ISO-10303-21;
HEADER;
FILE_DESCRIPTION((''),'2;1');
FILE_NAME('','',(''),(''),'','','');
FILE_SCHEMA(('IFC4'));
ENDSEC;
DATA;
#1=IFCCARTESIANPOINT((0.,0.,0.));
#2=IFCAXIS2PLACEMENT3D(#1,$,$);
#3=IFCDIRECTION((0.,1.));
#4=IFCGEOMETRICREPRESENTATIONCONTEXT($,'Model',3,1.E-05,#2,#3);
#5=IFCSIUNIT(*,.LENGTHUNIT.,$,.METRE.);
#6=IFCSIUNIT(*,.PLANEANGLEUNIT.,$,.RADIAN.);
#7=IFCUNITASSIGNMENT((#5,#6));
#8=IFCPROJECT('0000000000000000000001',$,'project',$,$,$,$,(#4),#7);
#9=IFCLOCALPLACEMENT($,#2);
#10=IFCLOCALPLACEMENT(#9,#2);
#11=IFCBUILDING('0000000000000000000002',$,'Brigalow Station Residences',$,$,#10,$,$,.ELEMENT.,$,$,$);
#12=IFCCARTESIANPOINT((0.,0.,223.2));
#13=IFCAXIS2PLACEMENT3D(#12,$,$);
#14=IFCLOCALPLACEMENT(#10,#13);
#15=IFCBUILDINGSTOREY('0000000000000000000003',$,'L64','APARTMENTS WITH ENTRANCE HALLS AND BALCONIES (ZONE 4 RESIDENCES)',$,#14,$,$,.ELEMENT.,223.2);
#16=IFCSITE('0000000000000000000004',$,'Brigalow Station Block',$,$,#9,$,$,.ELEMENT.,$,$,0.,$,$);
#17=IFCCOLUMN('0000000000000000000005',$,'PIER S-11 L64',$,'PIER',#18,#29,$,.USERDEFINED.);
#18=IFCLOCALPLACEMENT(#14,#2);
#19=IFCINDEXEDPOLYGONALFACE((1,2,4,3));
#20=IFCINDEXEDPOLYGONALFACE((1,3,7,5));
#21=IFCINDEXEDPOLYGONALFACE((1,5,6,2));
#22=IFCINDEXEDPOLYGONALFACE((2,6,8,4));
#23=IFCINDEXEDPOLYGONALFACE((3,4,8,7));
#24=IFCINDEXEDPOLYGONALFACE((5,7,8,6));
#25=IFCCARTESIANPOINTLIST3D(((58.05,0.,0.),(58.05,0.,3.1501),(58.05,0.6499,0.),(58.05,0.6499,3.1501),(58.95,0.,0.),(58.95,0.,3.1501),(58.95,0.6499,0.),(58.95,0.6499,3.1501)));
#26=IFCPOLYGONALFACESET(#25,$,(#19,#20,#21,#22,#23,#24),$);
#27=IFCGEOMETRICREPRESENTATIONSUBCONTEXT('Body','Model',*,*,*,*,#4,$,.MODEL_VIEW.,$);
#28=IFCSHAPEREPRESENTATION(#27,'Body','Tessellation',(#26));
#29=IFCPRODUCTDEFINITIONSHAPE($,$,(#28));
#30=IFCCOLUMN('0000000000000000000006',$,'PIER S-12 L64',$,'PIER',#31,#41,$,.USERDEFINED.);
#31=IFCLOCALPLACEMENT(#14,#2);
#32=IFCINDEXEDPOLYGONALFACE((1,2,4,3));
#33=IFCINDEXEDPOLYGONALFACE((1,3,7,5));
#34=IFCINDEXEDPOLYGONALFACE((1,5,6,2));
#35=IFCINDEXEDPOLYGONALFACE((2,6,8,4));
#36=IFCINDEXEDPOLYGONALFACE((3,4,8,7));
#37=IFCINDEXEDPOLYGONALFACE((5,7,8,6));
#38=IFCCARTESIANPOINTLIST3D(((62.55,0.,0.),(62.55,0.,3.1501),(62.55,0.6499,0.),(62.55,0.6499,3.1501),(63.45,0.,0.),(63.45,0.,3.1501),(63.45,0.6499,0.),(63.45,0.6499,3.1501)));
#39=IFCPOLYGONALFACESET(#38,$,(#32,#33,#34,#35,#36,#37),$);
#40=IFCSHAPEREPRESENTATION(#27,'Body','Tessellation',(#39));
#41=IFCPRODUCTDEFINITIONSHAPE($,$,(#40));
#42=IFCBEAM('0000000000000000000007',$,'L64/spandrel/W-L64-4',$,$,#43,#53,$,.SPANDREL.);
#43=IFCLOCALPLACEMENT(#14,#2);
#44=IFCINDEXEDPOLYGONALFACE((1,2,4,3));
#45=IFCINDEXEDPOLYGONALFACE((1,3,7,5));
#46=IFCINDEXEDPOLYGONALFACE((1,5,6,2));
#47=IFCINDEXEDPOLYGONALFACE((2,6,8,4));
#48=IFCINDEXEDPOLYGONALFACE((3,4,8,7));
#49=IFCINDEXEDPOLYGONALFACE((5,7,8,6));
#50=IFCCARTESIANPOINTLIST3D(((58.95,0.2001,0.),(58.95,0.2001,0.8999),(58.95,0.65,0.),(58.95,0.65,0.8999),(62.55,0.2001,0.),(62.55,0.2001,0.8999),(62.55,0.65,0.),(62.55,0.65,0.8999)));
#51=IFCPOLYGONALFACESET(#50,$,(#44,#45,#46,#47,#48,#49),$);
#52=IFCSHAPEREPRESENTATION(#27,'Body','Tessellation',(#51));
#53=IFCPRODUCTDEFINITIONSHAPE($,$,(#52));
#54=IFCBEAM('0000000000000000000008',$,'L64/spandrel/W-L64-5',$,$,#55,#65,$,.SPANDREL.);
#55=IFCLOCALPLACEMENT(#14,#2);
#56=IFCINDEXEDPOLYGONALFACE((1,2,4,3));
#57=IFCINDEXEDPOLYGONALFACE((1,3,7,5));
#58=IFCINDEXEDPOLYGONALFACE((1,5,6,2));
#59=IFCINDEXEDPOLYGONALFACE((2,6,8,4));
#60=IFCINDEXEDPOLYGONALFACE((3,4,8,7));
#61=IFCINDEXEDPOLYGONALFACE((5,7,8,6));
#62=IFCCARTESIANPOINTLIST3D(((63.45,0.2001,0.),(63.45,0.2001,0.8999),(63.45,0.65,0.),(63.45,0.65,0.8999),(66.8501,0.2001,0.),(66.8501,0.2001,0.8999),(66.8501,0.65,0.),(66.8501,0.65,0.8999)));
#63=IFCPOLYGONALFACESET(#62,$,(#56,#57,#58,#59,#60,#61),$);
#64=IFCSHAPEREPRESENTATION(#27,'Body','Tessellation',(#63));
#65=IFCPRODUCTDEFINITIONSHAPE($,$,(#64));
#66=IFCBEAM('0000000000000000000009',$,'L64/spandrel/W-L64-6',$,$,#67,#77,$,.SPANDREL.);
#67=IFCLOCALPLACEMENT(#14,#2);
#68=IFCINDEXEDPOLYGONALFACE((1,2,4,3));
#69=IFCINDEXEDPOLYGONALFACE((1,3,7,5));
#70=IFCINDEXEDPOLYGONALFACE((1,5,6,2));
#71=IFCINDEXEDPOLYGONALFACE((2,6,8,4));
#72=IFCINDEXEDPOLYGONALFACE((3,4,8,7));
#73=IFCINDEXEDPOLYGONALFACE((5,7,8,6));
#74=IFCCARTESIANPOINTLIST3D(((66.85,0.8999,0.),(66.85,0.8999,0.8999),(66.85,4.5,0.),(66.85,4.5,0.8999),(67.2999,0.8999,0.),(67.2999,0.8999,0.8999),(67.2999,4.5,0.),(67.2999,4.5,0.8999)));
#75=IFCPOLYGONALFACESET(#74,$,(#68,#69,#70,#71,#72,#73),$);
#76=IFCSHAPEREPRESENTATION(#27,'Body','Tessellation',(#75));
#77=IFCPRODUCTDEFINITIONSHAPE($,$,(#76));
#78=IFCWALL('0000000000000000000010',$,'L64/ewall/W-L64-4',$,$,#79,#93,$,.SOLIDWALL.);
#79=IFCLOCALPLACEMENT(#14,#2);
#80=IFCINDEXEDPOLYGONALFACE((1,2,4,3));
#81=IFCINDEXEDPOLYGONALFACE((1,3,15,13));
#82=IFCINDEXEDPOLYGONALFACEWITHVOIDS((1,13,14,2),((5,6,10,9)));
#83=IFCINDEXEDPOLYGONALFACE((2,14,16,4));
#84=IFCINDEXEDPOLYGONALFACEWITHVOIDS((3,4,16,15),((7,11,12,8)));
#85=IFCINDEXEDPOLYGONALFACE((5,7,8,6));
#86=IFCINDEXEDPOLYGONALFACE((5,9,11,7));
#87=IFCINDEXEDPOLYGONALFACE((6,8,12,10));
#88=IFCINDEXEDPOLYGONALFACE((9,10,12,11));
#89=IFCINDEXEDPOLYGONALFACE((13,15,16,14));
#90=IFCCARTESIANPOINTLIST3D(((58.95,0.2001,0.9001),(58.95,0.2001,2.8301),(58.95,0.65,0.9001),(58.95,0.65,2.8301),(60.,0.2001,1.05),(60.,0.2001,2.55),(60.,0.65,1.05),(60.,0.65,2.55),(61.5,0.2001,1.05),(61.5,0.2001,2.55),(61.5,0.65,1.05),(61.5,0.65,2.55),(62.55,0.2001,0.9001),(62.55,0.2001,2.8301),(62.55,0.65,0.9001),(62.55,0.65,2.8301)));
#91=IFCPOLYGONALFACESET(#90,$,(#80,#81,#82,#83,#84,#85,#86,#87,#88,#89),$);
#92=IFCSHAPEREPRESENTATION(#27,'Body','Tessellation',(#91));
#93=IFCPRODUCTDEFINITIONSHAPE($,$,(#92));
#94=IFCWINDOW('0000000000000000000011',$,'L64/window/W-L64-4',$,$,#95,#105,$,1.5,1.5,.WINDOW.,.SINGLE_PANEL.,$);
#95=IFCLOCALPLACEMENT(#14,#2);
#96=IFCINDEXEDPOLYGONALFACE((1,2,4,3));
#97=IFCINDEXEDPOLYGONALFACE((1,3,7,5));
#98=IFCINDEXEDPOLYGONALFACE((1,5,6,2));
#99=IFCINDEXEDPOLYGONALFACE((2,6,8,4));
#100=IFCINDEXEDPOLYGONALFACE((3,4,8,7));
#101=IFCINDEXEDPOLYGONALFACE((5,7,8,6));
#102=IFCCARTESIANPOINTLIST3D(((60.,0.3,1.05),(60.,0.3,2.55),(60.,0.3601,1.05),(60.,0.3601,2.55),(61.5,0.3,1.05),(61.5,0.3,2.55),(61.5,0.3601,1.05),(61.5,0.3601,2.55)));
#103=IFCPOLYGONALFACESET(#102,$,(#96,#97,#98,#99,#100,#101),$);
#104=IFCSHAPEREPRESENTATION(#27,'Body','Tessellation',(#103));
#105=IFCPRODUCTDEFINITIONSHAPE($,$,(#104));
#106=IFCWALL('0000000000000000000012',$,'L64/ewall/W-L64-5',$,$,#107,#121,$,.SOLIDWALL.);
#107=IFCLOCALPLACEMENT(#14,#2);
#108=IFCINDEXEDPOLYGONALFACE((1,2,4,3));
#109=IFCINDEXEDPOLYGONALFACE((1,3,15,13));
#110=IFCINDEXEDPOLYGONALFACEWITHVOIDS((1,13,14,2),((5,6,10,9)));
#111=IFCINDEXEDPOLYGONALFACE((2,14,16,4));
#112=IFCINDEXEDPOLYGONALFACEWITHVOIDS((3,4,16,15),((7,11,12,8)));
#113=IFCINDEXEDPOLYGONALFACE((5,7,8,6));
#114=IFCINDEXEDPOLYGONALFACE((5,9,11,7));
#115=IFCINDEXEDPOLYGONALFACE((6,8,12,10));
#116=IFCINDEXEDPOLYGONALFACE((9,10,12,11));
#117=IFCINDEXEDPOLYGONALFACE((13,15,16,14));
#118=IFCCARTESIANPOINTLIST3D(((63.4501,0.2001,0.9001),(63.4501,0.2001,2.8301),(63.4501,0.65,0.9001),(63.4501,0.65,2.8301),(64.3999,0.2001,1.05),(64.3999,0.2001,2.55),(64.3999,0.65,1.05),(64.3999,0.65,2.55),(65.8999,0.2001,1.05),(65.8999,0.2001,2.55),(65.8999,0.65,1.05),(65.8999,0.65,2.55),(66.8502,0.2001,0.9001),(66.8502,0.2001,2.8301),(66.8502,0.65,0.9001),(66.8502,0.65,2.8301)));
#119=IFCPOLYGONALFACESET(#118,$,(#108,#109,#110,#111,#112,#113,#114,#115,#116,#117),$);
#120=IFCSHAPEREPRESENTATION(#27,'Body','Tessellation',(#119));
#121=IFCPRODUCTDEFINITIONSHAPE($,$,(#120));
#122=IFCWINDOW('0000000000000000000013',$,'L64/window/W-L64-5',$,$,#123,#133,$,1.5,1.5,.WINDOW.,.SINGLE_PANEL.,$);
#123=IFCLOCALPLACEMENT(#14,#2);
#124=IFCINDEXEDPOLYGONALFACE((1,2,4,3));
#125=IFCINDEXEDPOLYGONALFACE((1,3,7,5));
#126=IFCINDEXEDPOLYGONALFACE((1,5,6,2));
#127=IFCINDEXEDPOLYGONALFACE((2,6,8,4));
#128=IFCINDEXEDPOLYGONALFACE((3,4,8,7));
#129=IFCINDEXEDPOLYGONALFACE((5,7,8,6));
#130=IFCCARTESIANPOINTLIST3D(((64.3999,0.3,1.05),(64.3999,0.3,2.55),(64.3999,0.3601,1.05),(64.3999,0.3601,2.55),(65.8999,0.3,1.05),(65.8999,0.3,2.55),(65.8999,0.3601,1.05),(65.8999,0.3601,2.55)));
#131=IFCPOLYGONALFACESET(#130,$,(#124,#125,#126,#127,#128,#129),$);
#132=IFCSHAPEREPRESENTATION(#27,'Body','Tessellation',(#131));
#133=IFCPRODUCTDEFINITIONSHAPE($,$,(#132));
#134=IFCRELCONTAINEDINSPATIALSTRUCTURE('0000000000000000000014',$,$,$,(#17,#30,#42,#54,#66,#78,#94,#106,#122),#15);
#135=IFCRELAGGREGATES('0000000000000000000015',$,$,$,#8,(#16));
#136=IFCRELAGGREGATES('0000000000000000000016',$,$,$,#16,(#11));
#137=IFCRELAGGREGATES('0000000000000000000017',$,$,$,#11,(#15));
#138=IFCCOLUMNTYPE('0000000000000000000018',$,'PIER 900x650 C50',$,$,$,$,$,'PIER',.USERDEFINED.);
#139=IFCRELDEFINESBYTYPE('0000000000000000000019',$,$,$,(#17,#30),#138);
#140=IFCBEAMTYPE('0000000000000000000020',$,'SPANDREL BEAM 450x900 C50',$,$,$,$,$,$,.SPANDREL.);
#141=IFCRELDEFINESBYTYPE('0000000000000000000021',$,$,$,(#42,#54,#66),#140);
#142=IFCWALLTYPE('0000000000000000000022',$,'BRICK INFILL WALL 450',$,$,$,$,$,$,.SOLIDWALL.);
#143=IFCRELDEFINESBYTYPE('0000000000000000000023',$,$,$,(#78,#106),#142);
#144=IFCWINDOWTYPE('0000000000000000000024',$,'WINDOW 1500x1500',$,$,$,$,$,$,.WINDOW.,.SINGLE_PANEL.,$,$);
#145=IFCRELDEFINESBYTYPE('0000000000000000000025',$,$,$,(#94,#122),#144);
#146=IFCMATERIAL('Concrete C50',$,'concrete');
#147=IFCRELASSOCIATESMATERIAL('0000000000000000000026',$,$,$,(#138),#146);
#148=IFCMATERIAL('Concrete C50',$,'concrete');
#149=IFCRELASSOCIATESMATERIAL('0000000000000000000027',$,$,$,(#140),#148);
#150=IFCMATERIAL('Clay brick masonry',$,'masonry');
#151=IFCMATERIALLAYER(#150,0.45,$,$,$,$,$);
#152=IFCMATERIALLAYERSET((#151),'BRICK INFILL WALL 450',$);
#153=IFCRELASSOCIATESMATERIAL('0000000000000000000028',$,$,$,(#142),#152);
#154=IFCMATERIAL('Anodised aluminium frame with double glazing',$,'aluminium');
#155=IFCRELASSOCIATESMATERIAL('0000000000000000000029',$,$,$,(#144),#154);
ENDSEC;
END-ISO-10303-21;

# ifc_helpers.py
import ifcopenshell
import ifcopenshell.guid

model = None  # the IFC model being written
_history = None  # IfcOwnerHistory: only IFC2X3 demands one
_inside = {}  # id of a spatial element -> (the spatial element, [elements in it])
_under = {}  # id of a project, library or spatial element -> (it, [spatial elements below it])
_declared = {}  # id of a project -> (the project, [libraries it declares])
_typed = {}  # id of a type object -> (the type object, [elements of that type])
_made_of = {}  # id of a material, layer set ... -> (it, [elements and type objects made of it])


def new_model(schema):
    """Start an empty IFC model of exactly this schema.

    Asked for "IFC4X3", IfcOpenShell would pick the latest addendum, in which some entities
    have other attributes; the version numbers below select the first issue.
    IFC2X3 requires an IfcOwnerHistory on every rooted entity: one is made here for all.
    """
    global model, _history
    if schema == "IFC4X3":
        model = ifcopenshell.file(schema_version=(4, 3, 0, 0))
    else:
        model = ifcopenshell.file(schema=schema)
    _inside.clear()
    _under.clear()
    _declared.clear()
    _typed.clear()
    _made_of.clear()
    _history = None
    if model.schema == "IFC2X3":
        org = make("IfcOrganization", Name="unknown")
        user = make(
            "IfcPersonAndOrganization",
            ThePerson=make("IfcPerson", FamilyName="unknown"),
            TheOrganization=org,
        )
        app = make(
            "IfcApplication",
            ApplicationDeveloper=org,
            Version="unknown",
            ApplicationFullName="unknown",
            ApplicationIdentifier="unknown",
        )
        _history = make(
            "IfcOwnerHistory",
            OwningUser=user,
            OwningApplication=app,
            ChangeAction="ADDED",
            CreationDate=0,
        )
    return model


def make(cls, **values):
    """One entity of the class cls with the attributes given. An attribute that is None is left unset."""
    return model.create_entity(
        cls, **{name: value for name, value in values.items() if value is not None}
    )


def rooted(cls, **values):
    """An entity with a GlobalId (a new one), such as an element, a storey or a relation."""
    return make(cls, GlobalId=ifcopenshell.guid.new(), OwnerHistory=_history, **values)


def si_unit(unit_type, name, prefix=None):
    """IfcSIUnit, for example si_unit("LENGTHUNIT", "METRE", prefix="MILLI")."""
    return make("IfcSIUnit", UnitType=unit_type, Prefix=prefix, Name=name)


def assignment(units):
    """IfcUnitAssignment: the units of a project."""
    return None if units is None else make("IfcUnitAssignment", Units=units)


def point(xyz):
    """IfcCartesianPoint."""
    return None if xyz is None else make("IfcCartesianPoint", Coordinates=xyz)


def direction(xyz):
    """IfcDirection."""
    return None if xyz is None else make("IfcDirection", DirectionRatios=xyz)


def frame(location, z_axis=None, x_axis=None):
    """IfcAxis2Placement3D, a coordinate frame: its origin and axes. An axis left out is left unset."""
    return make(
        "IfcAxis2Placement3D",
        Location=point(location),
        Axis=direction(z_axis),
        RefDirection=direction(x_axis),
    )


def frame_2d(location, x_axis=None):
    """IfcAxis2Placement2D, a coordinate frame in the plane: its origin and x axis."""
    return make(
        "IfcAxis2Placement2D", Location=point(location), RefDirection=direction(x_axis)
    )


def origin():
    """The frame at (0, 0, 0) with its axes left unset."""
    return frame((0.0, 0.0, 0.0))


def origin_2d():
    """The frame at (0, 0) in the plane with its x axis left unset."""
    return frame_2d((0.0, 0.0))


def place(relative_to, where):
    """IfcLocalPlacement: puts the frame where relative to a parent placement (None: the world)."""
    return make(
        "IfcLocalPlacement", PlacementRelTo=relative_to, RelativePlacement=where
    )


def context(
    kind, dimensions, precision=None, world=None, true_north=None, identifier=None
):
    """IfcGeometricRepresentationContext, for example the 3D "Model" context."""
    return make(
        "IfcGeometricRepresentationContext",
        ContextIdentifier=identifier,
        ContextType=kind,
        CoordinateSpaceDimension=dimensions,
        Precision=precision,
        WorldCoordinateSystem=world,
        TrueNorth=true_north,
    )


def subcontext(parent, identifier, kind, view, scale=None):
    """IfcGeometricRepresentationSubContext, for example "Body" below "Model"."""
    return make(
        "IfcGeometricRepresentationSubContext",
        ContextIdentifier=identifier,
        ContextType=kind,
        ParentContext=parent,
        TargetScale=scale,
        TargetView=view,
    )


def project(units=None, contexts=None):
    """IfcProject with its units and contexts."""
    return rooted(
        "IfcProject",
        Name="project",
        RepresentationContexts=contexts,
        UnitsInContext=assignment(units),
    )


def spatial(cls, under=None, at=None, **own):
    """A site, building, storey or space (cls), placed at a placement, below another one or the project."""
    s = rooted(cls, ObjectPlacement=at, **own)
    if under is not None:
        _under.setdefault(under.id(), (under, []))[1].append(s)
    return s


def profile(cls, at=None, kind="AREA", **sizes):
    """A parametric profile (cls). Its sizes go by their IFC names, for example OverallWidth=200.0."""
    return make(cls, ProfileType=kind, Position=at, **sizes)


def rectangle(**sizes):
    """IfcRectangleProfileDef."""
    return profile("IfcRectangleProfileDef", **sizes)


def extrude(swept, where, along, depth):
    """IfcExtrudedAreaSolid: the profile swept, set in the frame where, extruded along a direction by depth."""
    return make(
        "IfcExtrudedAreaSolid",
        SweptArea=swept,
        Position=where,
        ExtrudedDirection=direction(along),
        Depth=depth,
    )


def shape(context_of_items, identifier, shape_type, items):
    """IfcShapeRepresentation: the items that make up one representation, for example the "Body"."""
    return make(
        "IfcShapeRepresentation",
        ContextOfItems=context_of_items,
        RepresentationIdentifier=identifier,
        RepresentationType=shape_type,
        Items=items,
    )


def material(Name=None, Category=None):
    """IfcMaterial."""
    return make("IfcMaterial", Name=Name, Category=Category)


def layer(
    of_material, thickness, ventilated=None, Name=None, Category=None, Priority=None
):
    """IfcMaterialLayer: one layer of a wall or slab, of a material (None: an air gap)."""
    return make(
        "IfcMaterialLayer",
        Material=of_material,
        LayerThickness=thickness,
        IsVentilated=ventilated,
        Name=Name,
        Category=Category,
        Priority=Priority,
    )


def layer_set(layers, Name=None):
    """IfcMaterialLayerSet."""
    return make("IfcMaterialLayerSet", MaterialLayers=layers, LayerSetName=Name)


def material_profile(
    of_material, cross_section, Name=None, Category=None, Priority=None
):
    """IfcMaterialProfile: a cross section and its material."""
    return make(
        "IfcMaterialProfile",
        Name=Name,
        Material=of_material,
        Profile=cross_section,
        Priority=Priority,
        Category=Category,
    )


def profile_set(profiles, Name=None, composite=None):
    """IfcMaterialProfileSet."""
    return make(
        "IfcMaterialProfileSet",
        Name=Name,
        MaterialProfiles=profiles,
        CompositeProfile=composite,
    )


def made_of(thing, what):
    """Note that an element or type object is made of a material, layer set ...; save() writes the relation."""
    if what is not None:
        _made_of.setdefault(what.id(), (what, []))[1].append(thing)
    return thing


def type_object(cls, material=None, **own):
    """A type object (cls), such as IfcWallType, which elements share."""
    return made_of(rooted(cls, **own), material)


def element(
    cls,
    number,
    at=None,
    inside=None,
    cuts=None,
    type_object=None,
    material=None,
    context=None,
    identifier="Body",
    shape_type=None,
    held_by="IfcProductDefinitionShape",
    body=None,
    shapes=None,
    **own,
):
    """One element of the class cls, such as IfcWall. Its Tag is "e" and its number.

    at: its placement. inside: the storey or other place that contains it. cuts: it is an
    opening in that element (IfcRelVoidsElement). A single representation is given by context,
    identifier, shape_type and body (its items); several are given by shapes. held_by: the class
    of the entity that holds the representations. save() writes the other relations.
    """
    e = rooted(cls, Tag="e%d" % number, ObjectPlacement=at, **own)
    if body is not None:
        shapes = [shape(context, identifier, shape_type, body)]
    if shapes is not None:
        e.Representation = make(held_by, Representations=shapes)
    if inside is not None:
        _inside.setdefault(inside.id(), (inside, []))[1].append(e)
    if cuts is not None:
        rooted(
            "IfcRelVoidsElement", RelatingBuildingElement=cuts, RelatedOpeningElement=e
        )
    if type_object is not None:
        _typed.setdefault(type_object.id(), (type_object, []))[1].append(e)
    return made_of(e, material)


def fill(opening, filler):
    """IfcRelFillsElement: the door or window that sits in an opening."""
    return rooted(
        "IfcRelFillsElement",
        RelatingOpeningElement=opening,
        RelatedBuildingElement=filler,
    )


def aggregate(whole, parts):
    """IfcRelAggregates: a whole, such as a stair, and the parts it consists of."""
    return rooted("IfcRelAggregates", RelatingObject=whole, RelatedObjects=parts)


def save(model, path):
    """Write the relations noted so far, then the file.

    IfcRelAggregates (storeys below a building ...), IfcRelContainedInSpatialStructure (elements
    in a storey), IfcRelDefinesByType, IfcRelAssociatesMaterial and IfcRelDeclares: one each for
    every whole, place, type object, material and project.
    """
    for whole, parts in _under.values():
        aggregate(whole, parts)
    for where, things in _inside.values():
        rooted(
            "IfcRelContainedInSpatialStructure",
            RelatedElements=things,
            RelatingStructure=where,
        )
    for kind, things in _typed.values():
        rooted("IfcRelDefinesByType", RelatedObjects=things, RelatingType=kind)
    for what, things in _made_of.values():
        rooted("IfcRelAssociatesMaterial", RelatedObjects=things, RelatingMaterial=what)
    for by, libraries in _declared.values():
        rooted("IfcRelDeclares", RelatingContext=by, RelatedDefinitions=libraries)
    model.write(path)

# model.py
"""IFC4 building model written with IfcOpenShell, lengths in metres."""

from ifc_helpers import new_model, si_unit, direction, frame, frame_2d, origin, origin_2d, place, context, subcontext, project, spatial, rectangle, extrude, material, layer, layer_set, material_profile, profile_set, type_object, element, fill, save


model = new_model("IFC4")

# Units and contexts
model_context = context("Model", 3, precision=1e-05, world=origin(), true_north=direction((0.0, 1.0)))
body_context = subcontext(model_context, "Body", "Model", "MODEL_VIEW")
ifc_project = project(units=[si_unit("LENGTHUNIT", "METRE"), si_unit("PLANEANGLEUNIT", "RADIAN")], contexts=[model_context])

# Site, building, storey
site_placement = place(None, origin())
site = spatial("IfcSite", under=ifc_project, at=site_placement, Name="Brigalow Station Block", CompositionType="ELEMENT", RefElevation=0.0)
building_placement = place(site_placement, origin())
building = spatial("IfcBuilding", under=site, at=building_placement, Name="Brigalow Station Residences", CompositionType="ELEMENT")
storey_placement = place(building_placement, frame((0.0, 0.0, 223.2)))
storey = spatial("IfcBuildingStorey", under=building, at=storey_placement, Name="L64", Description="APARTMENTS WITH ENTRANCE HALLS AND BALCONIES (ZONE 4 RESIDENCES)", CompositionType="ELEMENT", Elevation=223.2)

# Columns
ifc_material_1 = material(Name="Concrete C50", Category="concrete")
ifc_material_profile_1 = material_profile(ifc_material_1, rectangle(XDim=0.8999, YDim=0.6499, at=origin_2d()), Name="RC900x650")
ifc_profile_set_1 = profile_set([ifc_material_profile_1], Name="Concrete C50")
column_type = type_object("IfcColumnType", Name="PIER 900x650 C50", ElementType="PIER", PredefinedType="USERDEFINED", material=ifc_profile_set_1)
for number, where, z_axis, x_axis, name in (
    (1, (58.5, 0.325, 0.0), (0.0, 0.0, 1.0), (1.0, 0.0, 0.0), "PIER S-11 L64"),
    (2, (63.0, 0.325, 0.0), (0.0, 0.0, 1.0), (1.0, 0.0, 0.0), "PIER S-12 L64"),
):
    element("IfcColumn", number, at=place(storey_placement, frame(where, z_axis=z_axis, x_axis=x_axis)), inside=storey, type_object=column_type, Name=name, ObjectType="PIER", PredefinedType="USERDEFINED", context=body_context, shape_type="SweptSolid", body=[
        extrude(rectangle(XDim=0.8999, YDim=0.6499, at=origin_2d()), origin(), (0.0, 0.0, 1.0), 3.1501),
    ])

# Beams
ifc_material_2 = material(Name="Concrete C50", Category="concrete")
ifc_material_profile_2 = material_profile(ifc_material_2, rectangle(XDim=0.45, YDim=0.8999, at=origin_2d()), Name="RC450x900")
ifc_profile_set_2 = profile_set([ifc_material_profile_2], Name="Concrete C50")
beam_type = type_object("IfcBeamType", Name="SPANDREL BEAM 450x900 C50", PredefinedType="SPANDREL", material=ifc_profile_set_2)
beam_1_placement = place(storey_placement, frame((58.95, 0.425, 0.45), z_axis=(1.0, 0.0, 0.0), x_axis=(0.0, 1.0, 0.0)))
element("IfcBeam", 3, at=beam_1_placement, inside=storey, type_object=beam_type, Name="L64/spandrel/W-L64-4", PredefinedType="SPANDREL", context=body_context, shape_type="SweptSolid", body=[
    extrude(rectangle(XDim=0.45, YDim=0.8999, at=origin_2d()), origin(), (0.0, 0.0, 1.0), 3.6001),
])
beam_2_placement = place(storey_placement, frame((63.45, 0.425, 0.45), z_axis=(1.0, 0.0, 0.0), x_axis=(0.0, 1.0, 0.0)))
element("IfcBeam", 4, at=beam_2_placement, inside=storey, type_object=beam_type, Name="L64/spandrel/W-L64-5", PredefinedType="SPANDREL", context=body_context, shape_type="SweptSolid", body=[
    extrude(rectangle(XDim=0.45, YDim=0.8999, at=origin_2d()), origin(), (0.0, 0.0, 1.0), 3.4001),
])
beam_3_placement = place(storey_placement, frame((67.075, 0.8999, 0.45), z_axis=(0.0, 1.0, 0.0), x_axis=(-1.0, 0.0, 0.0)))
element("IfcBeam", 5, at=beam_3_placement, inside=storey, type_object=beam_type, Name="L64/spandrel/W-L64-6", PredefinedType="SPANDREL", context=body_context, shape_type="SweptSolid", body=[
    extrude(rectangle(XDim=0.45, YDim=0.8999, at=origin_2d()), origin(), (0.0, 0.0, 1.0), 3.6001),
])

# Walls, openings, windows
ifc_material_3 = material(Name="Clay brick masonry", Category="masonry")
ifc_layer_1 = layer(ifc_material_3, 0.45)
ifc_layer_set_1 = layer_set([ifc_layer_1], Name="BRICK INFILL WALL 450")
wall_type_1 = type_object("IfcWallType", Name="BRICK INFILL WALL 450", PredefinedType="SOLIDWALL", material=ifc_layer_set_1)
wall_1_placement = place(storey_placement, frame((58.95, 0.425, 0.9001), z_axis=(0.0, 0.0, 1.0), x_axis=(1.0, 0.0, 0.0)))
wall_1 = element("IfcWall", 6, at=wall_1_placement, inside=storey, type_object=wall_type_1, Name="L64/ewall/W-L64-4", PredefinedType="SOLIDWALL", context=body_context, shape_type="SweptSolid", body=[
    extrude(rectangle(XDim=3.6001, YDim=0.45, at=frame_2d((1.8, 0.0))), origin(), (0.0, 0.0, 1.0), 1.9299),
])
opening_1_placement = place(wall_1_placement, frame((1.05, 0.0, 0.1499)))
opening_1 = element("IfcOpeningElement", 7, at=opening_1_placement, cuts=wall_1, PredefinedType="OPENING", context=body_context, shape_type="SweptSolid", body=[
    extrude(rectangle(XDim=1.5, YDim=1.5, at=frame_2d((0.75, 0.75))), frame((0.0, 0.2349, 0.0), z_axis=(0.0, -1.0, 0.0), x_axis=(1.0, 0.0, 0.0)), (0.0, 0.0, 1.0), 0.47),
])
ifc_material_4 = material(Name="Anodised aluminium frame with double glazing", Category="aluminium")
window_type = type_object("IfcWindowType", Name="WINDOW 1500x1500", PartitioningType="SINGLE_PANEL", PredefinedType="WINDOW", material=ifc_material_4)
window_1_placement = place(opening_1_placement, origin())
window_1 = element("IfcWindow", 8, at=window_1_placement, inside=storey, type_object=window_type, Name="L64/window/W-L64-4", OverallHeight=1.5, OverallWidth=1.5, PartitioningType="SINGLE_PANEL", PredefinedType="WINDOW", context=body_context, shape_type="SweptSolid", body=[
    extrude(rectangle(XDim=1.5, YDim=1.5, at=frame_2d((0.75, 0.75))), frame((0.0, -0.0649, 0.0), z_axis=(0.0, -1.0, 0.0), x_axis=(1.0, 0.0, 0.0)), (0.0, 0.0, 1.0), 0.0601),
])
fill(opening_1, window_1)
wall_2_placement = place(storey_placement, frame((63.45, 0.425, 0.9001), z_axis=(0.0, 0.0, 1.0), x_axis=(1.0, 0.0, 0.0)))
wall_2 = element("IfcWall", 9, at=wall_2_placement, inside=storey, type_object=wall_type_1, Name="L64/ewall/W-L64-5", PredefinedType="SOLIDWALL", context=body_context, shape_type="SweptSolid", body=[
    extrude(rectangle(XDim=3.4001, YDim=0.45, at=frame_2d((1.7002, 0.0))), origin(), (0.0, 0.0, 1.0), 1.9299),
])
opening_2_placement = place(wall_2_placement, frame((0.95, 0.0, 0.1499)))
opening_2 = element("IfcOpeningElement", 10, at=opening_2_placement, cuts=wall_2, PredefinedType="OPENING", context=body_context, shape_type="SweptSolid", body=[
    extrude(rectangle(XDim=1.5, YDim=1.5, at=frame_2d((0.75, 0.75))), frame((0.0, 0.2349, 0.0), z_axis=(0.0, -1.0, 0.0), x_axis=(1.0, 0.0, 0.0)), (0.0, 0.0, 1.0), 0.47),
])
window_2_placement = place(opening_2_placement, origin())
window_2 = element("IfcWindow", 11, at=window_2_placement, inside=storey, type_object=window_type, Name="L64/window/W-L64-5", OverallHeight=1.5, OverallWidth=1.5, PartitioningType="SINGLE_PANEL", PredefinedType="WINDOW", context=body_context, shape_type="SweptSolid", body=[
    extrude(rectangle(XDim=1.5, YDim=1.5, at=frame_2d((0.75, 0.75))), frame((0.0, -0.0649, 0.0), z_axis=(0.0, -1.0, 0.0), x_axis=(1.0, 0.0, 0.0)), (0.0, 0.0, 1.0), 0.0601),
])
fill(opening_2, window_2)

save(model, "model.ifc")
